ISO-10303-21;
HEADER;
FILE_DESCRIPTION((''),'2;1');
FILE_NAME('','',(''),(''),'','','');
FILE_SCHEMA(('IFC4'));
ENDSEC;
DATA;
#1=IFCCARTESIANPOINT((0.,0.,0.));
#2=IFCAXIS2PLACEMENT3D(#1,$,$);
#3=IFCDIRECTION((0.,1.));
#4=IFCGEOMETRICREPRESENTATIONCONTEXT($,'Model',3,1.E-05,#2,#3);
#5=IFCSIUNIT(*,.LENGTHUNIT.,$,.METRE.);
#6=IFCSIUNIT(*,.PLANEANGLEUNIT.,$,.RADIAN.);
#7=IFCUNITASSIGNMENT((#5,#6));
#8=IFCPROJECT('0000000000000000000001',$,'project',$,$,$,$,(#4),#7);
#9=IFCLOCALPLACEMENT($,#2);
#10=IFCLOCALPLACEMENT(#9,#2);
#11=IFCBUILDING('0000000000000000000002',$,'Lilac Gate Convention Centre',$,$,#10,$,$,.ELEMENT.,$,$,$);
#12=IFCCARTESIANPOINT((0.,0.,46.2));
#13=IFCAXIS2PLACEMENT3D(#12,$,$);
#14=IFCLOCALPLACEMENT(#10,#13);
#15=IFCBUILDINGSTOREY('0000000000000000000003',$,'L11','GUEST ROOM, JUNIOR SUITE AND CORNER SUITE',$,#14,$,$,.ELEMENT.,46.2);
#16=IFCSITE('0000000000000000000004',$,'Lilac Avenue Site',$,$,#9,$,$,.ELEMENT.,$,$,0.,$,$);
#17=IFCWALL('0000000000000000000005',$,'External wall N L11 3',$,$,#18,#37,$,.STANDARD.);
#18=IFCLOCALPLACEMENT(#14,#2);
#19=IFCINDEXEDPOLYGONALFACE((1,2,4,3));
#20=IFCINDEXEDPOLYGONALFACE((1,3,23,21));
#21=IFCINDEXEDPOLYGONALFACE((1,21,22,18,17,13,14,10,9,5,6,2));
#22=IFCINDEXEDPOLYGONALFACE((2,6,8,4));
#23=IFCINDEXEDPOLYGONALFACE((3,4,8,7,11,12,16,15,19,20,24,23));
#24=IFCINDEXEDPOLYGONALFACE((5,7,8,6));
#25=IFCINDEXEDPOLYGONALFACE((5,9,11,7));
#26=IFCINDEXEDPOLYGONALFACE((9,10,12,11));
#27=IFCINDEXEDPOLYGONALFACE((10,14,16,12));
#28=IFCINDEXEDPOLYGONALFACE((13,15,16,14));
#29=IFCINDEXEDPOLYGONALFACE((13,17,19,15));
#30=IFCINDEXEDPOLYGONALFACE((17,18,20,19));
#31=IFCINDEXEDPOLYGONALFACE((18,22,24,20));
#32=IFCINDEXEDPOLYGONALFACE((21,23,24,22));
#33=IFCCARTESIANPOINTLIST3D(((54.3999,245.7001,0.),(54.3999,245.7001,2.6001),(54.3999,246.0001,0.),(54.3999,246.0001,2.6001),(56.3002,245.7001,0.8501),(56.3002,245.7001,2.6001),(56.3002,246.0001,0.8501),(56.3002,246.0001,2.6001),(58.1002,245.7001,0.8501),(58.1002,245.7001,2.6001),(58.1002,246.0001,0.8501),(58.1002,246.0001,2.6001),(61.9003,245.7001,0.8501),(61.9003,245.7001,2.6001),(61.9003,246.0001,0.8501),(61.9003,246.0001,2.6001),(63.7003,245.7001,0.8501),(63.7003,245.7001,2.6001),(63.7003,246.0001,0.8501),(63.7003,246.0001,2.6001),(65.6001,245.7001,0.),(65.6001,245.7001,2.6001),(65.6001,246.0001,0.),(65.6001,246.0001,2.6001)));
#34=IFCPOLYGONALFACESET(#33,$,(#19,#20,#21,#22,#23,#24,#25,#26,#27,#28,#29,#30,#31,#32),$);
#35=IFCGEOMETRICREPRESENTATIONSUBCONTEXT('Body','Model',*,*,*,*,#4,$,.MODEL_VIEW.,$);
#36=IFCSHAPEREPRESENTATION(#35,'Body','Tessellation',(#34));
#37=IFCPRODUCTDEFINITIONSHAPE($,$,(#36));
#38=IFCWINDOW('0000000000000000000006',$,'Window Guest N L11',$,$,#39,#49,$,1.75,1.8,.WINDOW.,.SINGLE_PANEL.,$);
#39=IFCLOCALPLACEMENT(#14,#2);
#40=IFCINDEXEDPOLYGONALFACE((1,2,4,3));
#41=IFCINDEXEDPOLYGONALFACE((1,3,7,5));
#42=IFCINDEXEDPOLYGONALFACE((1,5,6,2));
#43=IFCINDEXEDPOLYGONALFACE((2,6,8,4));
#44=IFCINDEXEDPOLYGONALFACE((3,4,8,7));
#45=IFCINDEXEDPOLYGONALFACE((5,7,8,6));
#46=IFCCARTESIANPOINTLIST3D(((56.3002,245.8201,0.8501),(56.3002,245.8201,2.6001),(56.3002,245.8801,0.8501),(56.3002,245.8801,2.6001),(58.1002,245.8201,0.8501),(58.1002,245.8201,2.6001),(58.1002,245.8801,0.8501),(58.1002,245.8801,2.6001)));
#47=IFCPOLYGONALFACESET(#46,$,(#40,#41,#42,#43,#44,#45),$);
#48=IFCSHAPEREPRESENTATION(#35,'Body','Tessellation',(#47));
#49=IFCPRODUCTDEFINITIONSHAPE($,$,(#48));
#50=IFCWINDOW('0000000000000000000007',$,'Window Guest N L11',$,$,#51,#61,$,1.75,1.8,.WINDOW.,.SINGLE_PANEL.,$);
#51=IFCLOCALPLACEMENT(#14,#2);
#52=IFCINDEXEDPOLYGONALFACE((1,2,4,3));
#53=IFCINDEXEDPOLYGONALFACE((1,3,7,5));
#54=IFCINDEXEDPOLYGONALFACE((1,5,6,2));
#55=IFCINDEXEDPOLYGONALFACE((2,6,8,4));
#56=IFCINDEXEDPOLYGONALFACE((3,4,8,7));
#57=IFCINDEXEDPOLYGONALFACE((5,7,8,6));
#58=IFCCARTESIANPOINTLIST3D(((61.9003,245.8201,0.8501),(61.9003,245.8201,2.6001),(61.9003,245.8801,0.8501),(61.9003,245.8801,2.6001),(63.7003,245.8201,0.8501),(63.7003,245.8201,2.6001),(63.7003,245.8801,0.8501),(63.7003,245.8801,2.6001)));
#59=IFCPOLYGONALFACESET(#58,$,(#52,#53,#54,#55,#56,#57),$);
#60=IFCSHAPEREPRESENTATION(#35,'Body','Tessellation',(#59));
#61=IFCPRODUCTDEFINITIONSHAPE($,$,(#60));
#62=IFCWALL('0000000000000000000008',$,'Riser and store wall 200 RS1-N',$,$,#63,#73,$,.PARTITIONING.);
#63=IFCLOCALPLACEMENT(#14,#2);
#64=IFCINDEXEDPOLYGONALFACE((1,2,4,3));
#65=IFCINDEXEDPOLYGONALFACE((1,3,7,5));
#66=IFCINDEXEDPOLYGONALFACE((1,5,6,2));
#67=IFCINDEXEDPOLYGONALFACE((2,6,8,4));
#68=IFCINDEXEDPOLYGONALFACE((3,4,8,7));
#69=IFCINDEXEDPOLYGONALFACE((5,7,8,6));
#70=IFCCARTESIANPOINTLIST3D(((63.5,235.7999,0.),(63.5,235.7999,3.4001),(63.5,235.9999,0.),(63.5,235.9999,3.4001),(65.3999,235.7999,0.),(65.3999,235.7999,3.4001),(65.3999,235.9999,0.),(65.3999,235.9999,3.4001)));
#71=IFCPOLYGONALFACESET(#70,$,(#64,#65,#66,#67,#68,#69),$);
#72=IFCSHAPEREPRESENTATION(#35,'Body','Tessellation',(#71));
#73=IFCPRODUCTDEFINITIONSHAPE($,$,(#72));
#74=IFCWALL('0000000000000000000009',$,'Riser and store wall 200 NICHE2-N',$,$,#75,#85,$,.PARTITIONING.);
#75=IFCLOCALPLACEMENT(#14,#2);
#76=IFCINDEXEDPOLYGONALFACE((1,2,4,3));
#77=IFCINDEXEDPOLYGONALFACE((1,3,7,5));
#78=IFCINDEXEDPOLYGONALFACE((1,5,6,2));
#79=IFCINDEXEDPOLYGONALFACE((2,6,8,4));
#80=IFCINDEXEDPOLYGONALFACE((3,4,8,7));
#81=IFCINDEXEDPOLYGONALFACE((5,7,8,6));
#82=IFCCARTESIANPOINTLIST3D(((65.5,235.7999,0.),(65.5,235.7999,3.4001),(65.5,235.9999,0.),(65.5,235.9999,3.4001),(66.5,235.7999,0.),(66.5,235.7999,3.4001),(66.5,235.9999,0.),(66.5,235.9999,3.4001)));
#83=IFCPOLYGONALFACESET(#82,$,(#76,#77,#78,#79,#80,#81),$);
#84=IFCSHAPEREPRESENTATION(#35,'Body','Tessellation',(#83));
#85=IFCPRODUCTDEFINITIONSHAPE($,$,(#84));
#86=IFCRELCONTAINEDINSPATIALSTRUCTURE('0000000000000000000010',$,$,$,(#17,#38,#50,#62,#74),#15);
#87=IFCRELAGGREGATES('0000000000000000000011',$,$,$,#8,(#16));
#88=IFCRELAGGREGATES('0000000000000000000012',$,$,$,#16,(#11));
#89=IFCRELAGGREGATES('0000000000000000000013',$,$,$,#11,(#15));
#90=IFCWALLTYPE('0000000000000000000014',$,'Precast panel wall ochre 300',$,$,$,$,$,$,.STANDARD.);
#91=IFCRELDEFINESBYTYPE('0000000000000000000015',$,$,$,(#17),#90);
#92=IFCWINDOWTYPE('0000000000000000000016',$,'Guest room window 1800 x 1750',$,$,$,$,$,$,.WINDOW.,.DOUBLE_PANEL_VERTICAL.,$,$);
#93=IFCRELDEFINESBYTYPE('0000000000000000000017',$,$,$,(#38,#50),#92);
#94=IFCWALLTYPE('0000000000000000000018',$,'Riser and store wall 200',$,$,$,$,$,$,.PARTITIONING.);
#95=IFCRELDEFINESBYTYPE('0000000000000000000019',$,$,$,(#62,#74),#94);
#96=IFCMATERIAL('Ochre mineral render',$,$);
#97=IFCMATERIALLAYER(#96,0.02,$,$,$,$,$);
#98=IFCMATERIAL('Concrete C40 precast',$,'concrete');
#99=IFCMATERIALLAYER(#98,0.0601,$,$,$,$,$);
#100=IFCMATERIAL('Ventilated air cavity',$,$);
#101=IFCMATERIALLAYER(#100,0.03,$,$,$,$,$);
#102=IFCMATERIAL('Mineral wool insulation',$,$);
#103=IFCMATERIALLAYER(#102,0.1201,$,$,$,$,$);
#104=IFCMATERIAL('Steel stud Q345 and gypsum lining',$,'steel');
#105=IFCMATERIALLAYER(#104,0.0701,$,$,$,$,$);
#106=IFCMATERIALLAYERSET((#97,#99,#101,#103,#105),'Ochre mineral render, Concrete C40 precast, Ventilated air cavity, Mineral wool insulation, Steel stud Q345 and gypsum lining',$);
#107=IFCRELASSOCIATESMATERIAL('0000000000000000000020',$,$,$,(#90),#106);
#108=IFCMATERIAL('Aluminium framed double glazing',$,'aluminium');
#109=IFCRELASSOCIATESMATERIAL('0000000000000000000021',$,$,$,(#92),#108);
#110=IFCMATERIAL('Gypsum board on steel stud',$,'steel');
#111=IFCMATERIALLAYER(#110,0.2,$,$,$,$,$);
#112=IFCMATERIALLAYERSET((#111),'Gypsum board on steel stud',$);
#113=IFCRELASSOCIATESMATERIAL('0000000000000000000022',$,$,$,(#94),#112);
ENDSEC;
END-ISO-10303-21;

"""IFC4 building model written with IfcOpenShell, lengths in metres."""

from ifc_helpers import new_model, si_unit, direction, frame, frame_2d, origin, place, context, subcontext, project, spatial, rectangle, extrude, material, layer, layer_set, type_object, element, fill, save


model = new_model("IFC4")

# Units and contexts
model_context = context("Model", 3, precision=1e-05, world=origin(), true_north=direction((0.0, 1.0)))
body_context = subcontext(model_context, "Body", "Model", "MODEL_VIEW")
ifc_project = project(units=[si_unit("LENGTHUNIT", "METRE"), si_unit("PLANEANGLEUNIT", "RADIAN")], contexts=[model_context])

# Site, building, storey
site_placement = place(None, origin())
site = spatial("IfcSite", under=ifc_project, at=site_placement, Name="Lilac Avenue Site", CompositionType="ELEMENT", RefElevation=0.0)
building_placement = place(site_placement, origin())
building = spatial("IfcBuilding", under=site, at=building_placement, Name="Lilac Gate Convention Centre", CompositionType="ELEMENT")
storey_placement = place(building_placement, frame((0.0, 0.0, 46.2)))
storey = spatial("IfcBuildingStorey", under=building, at=storey_placement, Name="L11", Description="GUEST ROOM, JUNIOR SUITE AND CORNER SUITE", CompositionType="ELEMENT", Elevation=46.2)

# Shared definitions
ifc_material_1 = material(Name="Gypsum board on steel stud", Category="steel")

# Shared definitions
ifc_material_2 = material(Name="Concrete C40 precast", Category="concrete")

# Wall, openings, windows
ifc_material_3 = material(Name="Ochre mineral render")
ifc_layer_1 = layer(ifc_material_3, 0.02)
ifc_layer_2 = layer(ifc_material_2, 0.0601)
ifc_material_4 = material(Name="Ventilated air cavity")
ifc_layer_3 = layer(ifc_material_4, 0.03)
ifc_material_5 = material(Name="Mineral wool insulation")
ifc_layer_4 = layer(ifc_material_5, 0.1201)
ifc_material_6 = material(Name="Steel stud Q345 and gypsum lining", Category="steel")
ifc_layer_5 = layer(ifc_material_6, 0.0701)
ifc_layer_set_1 = layer_set([ifc_layer_1, ifc_layer_2, ifc_layer_3, ifc_layer_4, ifc_layer_5], Name="Ochre mineral render, Concrete C40 precast, Ventilated air cavity, Mineral wool insulation, Steel stud Q345 and gypsum lining")
wall_type_1 = type_object("IfcWallType", Name="Precast panel wall ochre 300", PredefinedType="STANDARD", material=ifc_layer_set_1)
wall_1_placement = place(storey_placement, frame((65.6001, 245.8501, 0.0), z_axis=(0.0, 0.0, 1.0), x_axis=(-1.0, 0.0, 0.0)))
wall_1 = element("IfcWall", 1, at=wall_1_placement, inside=storey, type_object=wall_type_1, Name="External wall N L11 3", PredefinedType="STANDARD", context=body_context, shape_type="SweptSolid", body=[
    extrude(rectangle(XDim=11.2002, YDim=0.3, at=frame_2d((5.6001, 0.0))), origin(), (0.0, 0.0, 1.0), 2.6001),
])
opening_1_placement = place(wall_1_placement, frame((7.5, 0.0, 0.8501)))
opening_1 = element("IfcOpeningElement", 2, at=opening_1_placement, cuts=wall_1, PredefinedType="OPENING", context=body_context, shape_type="SweptSolid", body=[
    extrude(rectangle(XDim=1.8, YDim=1.75, at=frame_2d((0.8999, 0.875))), frame((0.0, 0.1599, 0.0), z_axis=(0.0, -1.0, 0.0), x_axis=(1.0, 0.0, 0.0)), (0.0, 0.0, 1.0), 0.3201),
])
opening_2_placement = place(wall_1_placement, frame((1.8999, 0.0, 0.8501)))
opening_2 = element("IfcOpeningElement", 3, at=opening_2_placement, cuts=wall_1, PredefinedType="OPENING", context=body_context, shape_type="SweptSolid", body=[
    extrude(rectangle(XDim=1.8, YDim=1.75, at=frame_2d((0.8999, 0.875))), frame((0.0, 0.1599, 0.0), z_axis=(0.0, -1.0, 0.0), x_axis=(1.0, 0.0, 0.0)), (0.0, 0.0, 1.0), 0.3201),
])
ifc_material_7 = material(Name="Aluminium framed double glazing", Category="aluminium")
window_type = type_object("IfcWindowType", Name="Guest room window 1800 x 1750", PartitioningType="DOUBLE_PANEL_VERTICAL", PredefinedType="WINDOW", material=ifc_material_7)
window_1_placement = place(opening_1_placement, origin())
window_1 = element("IfcWindow", 4, at=window_1_placement, inside=storey, type_object=window_type, Name="Window Guest N L11", OverallHeight=1.75, OverallWidth=1.8, PartitioningType="SINGLE_PANEL", PredefinedType="WINDOW", context=body_context, shape_type="SweptSolid", body=[
    extrude(rectangle(XDim=1.8, YDim=1.75, at=frame_2d((0.8999, 0.875))), frame((0.0, 0.03, 0.0), z_axis=(0.0, -1.0, 0.0), x_axis=(1.0, 0.0, 0.0)), (0.0, 0.0, 1.0), 0.0601),
])
fill(opening_1, window_1)
window_2_placement = place(opening_2_placement, origin())
window_2 = element("IfcWindow", 5, at=window_2_placement, inside=storey, type_object=window_type, Name="Window Guest N L11", OverallHeight=1.75, OverallWidth=1.8, PartitioningType="SINGLE_PANEL", PredefinedType="WINDOW", context=body_context, shape_type="SweptSolid", body=[
    extrude(rectangle(XDim=1.8, YDim=1.75, at=frame_2d((0.8999, 0.875))), frame((0.0, 0.03, 0.0), z_axis=(0.0, -1.0, 0.0), x_axis=(1.0, 0.0, 0.0)), (0.0, 0.0, 1.0), 0.0601),
])
fill(opening_2, window_2)

# Walls
ifc_layer_6 = layer(ifc_material_1, 0.2)
ifc_layer_set_2 = layer_set([ifc_layer_6], Name="Gypsum board on steel stud")
wall_type_2 = type_object("IfcWallType", Name="Riser and store wall 200", PredefinedType="PARTITIONING", material=ifc_layer_set_2)
wall_2_placement = place(storey_placement, frame((63.5, 235.8999, 0.0), z_axis=(0.0, 0.0, 1.0), x_axis=(1.0, 0.0, 0.0)))
element("IfcWall", 6, at=wall_2_placement, inside=storey, type_object=wall_type_2, Name="Riser and store wall 200 RS1-N", PredefinedType="PARTITIONING", context=body_context, shape_type="SweptSolid", body=[
    extrude(rectangle(XDim=1.8999, YDim=0.2, at=frame_2d((0.95, 0.0))), origin(), (0.0, 0.0, 1.0), 3.4001),
])
wall_3_placement = place(storey_placement, frame((65.5, 235.8999, 0.0), z_axis=(0.0, 0.0, 1.0), x_axis=(1.0, 0.0, 0.0)))
element("IfcWall", 7, at=wall_3_placement, inside=storey, type_object=wall_type_2, Name="Riser and store wall 200 NICHE2-N", PredefinedType="PARTITIONING", context=body_context, shape_type="SweptSolid", body=[
    extrude(rectangle(XDim=1.0, YDim=0.2, at=frame_2d((0.5, 0.0))), origin(), (0.0, 0.0, 1.0), 3.4001),
])

save(model, "model.ifc")
